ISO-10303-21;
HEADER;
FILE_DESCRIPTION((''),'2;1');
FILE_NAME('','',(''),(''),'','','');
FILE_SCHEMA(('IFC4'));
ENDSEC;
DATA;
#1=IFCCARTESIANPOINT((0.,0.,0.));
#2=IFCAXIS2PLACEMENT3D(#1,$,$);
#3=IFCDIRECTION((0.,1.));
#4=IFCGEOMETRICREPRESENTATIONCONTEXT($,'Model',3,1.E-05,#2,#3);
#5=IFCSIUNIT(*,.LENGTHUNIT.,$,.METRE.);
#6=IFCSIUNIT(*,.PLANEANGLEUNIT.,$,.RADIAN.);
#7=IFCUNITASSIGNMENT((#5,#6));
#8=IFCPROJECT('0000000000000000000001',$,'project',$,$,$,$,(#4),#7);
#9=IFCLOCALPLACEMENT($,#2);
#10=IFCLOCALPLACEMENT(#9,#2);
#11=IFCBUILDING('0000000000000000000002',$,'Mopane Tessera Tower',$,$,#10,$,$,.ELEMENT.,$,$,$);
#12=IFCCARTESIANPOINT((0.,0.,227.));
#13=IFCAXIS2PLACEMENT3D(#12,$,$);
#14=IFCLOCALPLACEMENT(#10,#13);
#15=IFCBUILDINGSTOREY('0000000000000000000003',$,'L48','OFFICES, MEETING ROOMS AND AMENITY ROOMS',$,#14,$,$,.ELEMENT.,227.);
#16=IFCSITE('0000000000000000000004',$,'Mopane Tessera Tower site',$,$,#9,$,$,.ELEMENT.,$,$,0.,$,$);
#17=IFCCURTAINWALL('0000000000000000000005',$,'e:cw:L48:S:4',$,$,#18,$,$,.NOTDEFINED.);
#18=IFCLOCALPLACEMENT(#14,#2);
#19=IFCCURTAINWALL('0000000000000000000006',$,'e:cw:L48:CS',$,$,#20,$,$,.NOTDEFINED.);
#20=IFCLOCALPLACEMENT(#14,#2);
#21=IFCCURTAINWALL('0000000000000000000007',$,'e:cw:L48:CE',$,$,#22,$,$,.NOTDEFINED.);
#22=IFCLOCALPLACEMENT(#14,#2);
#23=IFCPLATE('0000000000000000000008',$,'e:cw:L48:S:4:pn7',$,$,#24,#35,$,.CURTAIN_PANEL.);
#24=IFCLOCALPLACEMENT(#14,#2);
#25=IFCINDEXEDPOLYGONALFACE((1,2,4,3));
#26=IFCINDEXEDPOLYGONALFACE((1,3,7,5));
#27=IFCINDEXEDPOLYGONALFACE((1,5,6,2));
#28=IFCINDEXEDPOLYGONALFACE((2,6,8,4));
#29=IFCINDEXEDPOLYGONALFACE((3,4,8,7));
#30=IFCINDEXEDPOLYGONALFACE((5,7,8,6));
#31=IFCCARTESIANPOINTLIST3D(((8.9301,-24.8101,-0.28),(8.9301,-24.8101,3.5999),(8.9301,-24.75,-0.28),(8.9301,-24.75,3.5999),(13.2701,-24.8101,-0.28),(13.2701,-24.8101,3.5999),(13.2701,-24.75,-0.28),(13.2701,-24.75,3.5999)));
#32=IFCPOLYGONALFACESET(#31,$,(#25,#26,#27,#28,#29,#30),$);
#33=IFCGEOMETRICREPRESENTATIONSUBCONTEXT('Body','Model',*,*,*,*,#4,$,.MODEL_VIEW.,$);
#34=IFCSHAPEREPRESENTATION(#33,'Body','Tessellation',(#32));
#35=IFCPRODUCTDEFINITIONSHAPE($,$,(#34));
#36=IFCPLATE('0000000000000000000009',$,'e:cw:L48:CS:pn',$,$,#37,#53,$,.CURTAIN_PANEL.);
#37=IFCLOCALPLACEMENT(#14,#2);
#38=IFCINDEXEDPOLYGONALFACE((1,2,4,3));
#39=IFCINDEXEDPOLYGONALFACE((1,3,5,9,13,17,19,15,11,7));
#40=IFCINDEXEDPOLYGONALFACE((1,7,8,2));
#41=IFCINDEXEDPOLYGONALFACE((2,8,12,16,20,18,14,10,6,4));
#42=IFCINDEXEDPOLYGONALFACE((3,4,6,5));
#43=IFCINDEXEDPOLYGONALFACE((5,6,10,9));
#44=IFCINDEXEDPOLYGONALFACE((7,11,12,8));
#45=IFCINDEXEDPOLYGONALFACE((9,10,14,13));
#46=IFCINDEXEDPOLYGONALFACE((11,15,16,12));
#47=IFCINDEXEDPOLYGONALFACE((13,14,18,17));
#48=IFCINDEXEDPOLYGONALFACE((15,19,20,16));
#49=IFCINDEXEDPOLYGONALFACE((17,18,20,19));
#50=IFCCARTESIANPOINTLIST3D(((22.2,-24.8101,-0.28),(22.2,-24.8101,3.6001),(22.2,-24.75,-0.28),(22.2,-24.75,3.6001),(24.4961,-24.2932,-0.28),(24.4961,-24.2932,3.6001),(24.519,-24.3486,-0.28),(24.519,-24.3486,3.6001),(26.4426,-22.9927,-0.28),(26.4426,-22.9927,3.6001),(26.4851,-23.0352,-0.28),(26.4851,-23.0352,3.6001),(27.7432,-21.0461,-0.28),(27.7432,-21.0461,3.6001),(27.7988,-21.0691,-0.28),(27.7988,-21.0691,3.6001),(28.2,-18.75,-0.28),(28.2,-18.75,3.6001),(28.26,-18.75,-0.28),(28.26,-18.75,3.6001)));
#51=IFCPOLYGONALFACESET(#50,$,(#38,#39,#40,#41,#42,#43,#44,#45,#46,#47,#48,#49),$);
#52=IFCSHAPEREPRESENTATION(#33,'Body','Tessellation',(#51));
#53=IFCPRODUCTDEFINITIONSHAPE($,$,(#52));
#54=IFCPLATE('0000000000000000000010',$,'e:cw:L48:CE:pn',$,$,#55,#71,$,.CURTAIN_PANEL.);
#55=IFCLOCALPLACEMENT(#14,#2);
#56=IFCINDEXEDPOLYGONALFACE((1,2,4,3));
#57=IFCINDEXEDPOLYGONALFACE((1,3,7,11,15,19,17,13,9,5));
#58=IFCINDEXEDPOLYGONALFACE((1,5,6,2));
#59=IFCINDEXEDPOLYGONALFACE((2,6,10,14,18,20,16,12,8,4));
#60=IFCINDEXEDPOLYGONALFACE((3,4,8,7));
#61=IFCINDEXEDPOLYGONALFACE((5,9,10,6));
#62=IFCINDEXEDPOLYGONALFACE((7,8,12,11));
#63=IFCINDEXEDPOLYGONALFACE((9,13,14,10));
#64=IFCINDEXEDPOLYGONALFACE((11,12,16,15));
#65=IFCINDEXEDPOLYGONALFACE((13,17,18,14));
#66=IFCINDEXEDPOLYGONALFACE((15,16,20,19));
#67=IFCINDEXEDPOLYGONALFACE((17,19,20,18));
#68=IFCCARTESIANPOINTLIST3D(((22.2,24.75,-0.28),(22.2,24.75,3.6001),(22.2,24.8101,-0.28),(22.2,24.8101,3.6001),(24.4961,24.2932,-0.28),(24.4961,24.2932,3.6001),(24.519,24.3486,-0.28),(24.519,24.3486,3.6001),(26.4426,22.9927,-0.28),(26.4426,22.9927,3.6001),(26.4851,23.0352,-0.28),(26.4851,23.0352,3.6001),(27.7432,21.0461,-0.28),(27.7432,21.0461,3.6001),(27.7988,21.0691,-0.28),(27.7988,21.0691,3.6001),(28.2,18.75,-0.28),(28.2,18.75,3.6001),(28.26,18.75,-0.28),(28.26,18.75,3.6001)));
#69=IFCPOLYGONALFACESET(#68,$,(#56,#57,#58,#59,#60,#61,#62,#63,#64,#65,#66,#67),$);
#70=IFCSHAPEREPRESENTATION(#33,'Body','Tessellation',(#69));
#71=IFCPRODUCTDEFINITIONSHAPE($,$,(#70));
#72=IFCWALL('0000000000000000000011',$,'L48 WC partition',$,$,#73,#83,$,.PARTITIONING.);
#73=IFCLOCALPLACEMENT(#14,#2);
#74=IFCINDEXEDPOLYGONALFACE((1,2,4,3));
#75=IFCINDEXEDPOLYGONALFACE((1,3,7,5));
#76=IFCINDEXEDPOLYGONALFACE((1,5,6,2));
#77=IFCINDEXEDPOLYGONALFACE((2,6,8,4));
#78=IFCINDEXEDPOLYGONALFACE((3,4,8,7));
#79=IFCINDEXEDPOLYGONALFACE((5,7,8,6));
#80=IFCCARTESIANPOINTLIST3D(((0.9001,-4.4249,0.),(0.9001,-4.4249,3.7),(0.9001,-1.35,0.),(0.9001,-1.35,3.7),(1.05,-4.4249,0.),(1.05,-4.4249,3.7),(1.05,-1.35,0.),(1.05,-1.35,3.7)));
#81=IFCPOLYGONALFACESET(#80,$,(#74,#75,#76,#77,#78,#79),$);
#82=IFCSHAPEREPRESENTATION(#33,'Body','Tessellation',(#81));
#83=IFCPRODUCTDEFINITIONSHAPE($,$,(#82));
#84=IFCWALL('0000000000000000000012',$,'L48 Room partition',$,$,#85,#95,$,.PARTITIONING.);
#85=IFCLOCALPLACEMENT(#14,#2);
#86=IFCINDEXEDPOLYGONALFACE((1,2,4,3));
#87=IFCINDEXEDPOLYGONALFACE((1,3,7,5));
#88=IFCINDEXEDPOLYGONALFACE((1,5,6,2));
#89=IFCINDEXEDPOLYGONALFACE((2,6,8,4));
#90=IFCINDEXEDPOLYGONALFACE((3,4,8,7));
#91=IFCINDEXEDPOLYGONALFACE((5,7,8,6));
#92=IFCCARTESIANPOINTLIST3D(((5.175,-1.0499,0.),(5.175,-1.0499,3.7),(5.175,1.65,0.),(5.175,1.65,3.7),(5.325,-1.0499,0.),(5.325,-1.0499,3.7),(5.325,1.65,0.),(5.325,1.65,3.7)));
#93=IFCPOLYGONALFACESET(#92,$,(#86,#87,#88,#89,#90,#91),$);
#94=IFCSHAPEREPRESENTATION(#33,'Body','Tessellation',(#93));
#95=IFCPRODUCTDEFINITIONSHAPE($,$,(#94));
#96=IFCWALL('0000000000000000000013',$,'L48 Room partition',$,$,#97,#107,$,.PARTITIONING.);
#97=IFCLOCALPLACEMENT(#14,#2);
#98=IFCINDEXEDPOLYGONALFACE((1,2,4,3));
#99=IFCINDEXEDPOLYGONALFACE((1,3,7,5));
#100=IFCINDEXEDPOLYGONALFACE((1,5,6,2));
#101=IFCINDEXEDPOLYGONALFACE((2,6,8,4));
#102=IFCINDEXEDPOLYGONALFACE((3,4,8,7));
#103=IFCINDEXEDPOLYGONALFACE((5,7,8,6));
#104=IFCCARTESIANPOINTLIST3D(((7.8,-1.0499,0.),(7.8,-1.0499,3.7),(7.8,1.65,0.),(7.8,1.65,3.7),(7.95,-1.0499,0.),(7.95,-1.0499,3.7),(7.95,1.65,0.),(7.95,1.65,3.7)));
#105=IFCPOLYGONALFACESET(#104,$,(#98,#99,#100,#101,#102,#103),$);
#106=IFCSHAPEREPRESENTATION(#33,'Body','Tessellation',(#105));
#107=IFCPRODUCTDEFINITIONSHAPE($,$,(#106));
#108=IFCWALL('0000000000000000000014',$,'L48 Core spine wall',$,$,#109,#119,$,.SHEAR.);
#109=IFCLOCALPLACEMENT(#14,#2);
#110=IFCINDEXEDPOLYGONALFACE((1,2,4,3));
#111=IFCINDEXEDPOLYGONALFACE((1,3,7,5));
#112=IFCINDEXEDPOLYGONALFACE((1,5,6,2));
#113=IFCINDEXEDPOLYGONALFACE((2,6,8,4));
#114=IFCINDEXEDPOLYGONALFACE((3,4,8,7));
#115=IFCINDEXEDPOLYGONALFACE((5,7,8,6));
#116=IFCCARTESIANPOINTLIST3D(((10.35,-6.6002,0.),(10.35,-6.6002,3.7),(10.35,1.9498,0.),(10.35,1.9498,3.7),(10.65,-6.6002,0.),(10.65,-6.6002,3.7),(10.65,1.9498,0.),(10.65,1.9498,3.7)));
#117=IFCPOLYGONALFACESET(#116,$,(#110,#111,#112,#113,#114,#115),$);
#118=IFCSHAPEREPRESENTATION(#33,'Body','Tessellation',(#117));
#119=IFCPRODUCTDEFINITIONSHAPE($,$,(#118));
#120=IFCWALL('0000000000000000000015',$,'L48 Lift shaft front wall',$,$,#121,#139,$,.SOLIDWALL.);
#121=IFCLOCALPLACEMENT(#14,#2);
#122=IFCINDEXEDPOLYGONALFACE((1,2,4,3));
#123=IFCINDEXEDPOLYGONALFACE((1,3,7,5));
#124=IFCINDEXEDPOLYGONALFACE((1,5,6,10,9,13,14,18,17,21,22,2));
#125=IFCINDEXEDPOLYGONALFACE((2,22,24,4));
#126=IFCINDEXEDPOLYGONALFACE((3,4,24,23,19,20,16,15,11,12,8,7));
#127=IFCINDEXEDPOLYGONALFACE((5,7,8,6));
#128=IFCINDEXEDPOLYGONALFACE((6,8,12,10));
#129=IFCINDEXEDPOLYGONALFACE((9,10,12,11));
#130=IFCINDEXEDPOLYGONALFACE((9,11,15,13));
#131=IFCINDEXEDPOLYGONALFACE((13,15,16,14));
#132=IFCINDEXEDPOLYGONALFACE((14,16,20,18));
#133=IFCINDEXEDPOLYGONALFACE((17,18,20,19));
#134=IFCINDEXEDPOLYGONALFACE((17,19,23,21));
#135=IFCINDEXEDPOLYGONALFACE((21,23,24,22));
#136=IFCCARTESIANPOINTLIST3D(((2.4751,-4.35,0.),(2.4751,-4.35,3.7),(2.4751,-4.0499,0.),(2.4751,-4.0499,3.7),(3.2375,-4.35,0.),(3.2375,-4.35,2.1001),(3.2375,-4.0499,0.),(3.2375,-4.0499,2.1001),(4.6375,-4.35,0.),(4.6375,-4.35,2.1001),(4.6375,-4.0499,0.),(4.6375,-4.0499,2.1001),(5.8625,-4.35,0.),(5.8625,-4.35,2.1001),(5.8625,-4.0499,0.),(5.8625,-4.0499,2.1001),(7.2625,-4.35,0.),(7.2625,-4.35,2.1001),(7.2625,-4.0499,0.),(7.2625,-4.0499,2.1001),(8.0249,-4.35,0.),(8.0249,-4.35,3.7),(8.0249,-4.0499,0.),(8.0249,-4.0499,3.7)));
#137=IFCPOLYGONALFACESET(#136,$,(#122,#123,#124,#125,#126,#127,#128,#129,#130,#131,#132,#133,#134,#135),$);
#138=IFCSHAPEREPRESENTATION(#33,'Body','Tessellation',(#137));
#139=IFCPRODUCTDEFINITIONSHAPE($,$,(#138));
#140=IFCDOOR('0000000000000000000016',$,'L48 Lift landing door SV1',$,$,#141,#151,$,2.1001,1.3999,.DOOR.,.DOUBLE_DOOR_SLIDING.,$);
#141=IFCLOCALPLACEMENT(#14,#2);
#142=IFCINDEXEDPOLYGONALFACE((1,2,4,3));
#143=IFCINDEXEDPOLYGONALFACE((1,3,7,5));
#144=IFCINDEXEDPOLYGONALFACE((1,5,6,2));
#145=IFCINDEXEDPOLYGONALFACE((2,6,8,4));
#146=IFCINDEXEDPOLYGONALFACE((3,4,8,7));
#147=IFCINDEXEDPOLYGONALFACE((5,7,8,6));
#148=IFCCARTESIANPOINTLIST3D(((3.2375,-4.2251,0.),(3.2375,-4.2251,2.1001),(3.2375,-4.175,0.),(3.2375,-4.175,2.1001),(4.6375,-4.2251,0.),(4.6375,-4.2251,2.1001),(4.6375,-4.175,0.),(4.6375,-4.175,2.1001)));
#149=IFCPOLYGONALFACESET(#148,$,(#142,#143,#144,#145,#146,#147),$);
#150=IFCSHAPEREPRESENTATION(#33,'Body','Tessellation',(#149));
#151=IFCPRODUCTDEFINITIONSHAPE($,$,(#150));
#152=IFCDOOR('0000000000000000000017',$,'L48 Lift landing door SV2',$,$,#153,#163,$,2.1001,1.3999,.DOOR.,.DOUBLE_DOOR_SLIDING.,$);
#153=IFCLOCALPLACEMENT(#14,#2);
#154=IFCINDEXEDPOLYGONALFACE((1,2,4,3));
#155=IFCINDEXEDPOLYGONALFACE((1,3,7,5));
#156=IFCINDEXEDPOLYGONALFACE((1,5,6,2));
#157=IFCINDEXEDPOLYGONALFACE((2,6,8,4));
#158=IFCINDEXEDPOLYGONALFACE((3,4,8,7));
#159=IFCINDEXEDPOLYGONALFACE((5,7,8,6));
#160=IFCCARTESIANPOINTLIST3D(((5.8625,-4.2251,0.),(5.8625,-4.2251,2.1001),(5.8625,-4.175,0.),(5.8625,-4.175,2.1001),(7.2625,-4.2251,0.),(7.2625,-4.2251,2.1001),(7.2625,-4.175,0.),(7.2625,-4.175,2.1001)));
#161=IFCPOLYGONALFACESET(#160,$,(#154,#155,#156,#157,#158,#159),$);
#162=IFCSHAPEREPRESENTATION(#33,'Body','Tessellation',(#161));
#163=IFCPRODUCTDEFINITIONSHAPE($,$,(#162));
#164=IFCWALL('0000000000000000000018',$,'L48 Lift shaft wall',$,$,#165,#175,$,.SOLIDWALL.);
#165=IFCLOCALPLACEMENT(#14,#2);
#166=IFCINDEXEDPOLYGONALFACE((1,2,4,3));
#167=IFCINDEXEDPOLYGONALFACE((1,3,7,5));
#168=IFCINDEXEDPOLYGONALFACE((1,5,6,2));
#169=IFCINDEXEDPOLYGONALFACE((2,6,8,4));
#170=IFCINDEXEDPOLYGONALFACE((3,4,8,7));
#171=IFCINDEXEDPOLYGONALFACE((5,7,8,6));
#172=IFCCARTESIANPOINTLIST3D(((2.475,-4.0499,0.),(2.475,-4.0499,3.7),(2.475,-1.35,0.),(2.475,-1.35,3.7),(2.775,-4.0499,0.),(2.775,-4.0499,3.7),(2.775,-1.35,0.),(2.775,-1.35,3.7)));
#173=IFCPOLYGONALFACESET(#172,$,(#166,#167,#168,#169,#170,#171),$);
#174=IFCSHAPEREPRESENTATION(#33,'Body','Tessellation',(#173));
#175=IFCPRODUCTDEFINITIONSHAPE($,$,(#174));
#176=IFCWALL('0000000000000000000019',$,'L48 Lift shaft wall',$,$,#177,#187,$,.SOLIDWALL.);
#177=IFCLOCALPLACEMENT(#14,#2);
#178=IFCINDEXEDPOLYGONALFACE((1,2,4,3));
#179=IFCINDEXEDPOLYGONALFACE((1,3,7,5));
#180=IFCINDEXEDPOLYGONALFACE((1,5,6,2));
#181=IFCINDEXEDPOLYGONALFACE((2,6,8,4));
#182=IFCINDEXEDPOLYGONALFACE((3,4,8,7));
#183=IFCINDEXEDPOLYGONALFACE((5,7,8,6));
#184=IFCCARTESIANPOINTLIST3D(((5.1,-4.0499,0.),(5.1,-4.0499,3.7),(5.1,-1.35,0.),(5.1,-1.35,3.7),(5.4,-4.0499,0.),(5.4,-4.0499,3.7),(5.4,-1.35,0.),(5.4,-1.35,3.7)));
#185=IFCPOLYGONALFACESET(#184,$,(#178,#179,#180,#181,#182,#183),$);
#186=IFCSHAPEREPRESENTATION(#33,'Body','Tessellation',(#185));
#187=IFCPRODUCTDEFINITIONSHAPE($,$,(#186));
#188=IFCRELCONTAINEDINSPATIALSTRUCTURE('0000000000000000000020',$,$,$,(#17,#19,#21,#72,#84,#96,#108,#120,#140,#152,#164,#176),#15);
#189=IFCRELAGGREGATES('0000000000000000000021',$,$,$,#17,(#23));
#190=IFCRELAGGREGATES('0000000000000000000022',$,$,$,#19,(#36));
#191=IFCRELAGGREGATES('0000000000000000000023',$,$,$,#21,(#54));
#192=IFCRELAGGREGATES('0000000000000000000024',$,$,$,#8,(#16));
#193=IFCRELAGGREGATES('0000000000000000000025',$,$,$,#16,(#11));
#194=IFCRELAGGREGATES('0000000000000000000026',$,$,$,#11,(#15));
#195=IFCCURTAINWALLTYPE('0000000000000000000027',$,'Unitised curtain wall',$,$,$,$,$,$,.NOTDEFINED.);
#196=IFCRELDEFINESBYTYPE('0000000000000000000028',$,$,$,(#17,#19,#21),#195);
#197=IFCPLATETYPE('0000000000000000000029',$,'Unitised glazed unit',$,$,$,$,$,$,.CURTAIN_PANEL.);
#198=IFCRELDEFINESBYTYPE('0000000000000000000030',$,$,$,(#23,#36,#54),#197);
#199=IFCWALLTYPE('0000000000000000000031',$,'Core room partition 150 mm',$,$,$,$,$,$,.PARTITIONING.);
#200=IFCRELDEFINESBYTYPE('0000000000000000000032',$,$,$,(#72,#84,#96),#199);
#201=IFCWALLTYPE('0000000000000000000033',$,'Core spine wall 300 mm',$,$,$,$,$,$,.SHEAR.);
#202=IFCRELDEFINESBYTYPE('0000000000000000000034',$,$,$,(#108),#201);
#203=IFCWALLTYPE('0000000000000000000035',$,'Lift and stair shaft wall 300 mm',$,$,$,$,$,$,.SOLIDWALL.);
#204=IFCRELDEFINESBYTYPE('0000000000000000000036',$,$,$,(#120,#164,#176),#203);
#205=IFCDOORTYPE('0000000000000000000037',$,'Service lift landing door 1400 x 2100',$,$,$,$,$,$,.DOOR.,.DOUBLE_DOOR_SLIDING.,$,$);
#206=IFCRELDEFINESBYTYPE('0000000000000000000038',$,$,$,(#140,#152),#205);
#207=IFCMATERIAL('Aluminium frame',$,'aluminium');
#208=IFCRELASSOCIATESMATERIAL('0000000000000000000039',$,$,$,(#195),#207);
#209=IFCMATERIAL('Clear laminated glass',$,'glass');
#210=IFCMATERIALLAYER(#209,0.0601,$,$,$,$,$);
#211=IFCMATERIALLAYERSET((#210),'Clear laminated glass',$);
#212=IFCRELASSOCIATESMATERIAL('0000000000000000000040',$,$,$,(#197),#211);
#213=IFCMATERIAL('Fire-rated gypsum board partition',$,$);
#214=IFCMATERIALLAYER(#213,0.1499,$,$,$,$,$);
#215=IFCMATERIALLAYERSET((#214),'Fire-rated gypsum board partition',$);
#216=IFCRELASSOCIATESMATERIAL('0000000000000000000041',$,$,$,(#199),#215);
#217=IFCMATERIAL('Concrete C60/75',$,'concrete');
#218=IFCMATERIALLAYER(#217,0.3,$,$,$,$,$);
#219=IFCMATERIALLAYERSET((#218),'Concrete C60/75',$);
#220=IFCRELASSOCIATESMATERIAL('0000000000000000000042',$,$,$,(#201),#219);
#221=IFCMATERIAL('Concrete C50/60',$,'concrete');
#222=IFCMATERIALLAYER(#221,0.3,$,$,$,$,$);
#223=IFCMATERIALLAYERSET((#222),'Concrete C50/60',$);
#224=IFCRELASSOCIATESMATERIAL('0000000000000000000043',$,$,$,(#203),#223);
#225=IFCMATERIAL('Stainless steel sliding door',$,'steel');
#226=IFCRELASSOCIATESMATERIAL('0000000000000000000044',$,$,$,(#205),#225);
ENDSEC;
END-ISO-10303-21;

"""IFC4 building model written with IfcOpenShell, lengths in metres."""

from ifc_helpers import new_model, si_unit, direction, frame, frame_2d, origin, origin_2d, place, context, subcontext, project, spatial, polyline, rectangle, outline, extrude, material, layer, layer_set, type_object, element, fill, aggregate, save


model = new_model("IFC4")

# Units and contexts
model_context = context("Model", 3, precision=1e-05, world=origin(), true_north=direction((0.0, 1.0)))
body_context = subcontext(model_context, "Body", "Model", "MODEL_VIEW")
ifc_project = project(units=[si_unit("LENGTHUNIT", "METRE"), si_unit("PLANEANGLEUNIT", "RADIAN")], contexts=[model_context])

# Site, building, storey
site_placement = place(None, origin())
site = spatial("IfcSite", under=ifc_project, at=site_placement, Name="Mopane Tessera Tower site", CompositionType="ELEMENT", RefElevation=0.0)
building_placement = place(site_placement, origin())
building = spatial("IfcBuilding", under=site, at=building_placement, Name="Mopane Tessera Tower", CompositionType="ELEMENT")
storey_placement = place(building_placement, frame((0.0, 0.0, 227.0)))
storey = spatial("IfcBuildingStorey", under=building, at=storey_placement, Name="L48", Description="OFFICES, MEETING ROOMS AND AMENITY ROOMS", CompositionType="ELEMENT", Elevation=227.0)

# Curtain wall
ifc_material_1 = material(Name="Aluminium frame", Category="aluminium")
curtain_wall_type = type_object("IfcCurtainWallType", Name="Unitised curtain wall", PredefinedType="NOTDEFINED", material=ifc_material_1)
curtain_wall_1_placement = place(storey_placement, origin())
curtain_wall_1 = element("IfcCurtainWall", 1, at=curtain_wall_1_placement, inside=storey, type_object=curtain_wall_type, Name="e:cw:L48:S:4", PredefinedType="NOTDEFINED")

# Curtain walls
curtain_wall_2_placement = place(storey_placement, origin())
curtain_wall_2 = element("IfcCurtainWall", 2, at=curtain_wall_2_placement, inside=storey, type_object=curtain_wall_type, Name="e:cw:L48:CS", PredefinedType="NOTDEFINED")
curtain_wall_3_placement = place(storey_placement, origin())
curtain_wall_3 = element("IfcCurtainWall", 3, at=curtain_wall_3_placement, inside=storey, type_object=curtain_wall_type, Name="e:cw:L48:CE", PredefinedType="NOTDEFINED")

# Plates
ifc_material_2 = material(Name="Clear laminated glass", Category="glass")
ifc_layer_1 = layer(ifc_material_2, 0.0601)
ifc_layer_set_1 = layer_set([ifc_layer_1], Name="Clear laminated glass")
plate_type = type_object("IfcPlateType", Name="Unitised glazed unit", PredefinedType="CURTAIN_PANEL", material=ifc_layer_set_1)
plate_1_placement = place(storey_placement, frame((11.1001, -24.78, -0.28), z_axis=(0.0, 0.0, 1.0), x_axis=(1.0, 0.0, 0.0)))
plate_1 = element("IfcPlate", 4, at=plate_1_placement, type_object=plate_type, Name="e:cw:L48:S:4:pn7", PredefinedType="CURTAIN_PANEL", context=body_context, shape_type="SweptSolid", body=[
    extrude(rectangle(XDim=4.3401, YDim=0.0601, at=origin_2d()), origin(), (0.0, 0.0, 1.0), 3.8799),
])
aggregate(curtain_wall_1, [plate_1])
plate_2_placement = place(storey_placement, frame((0.0, 0.0, -0.28)))
plate_2 = element("IfcPlate", 5, at=plate_2_placement, type_object=plate_type, Name="e:cw:L48:CS:pn", PredefinedType="CURTAIN_PANEL", context=body_context, shape_type="SweptSolid", body=[
    extrude(outline(polyline([(22.2, -24.75), (24.4961, -24.2932), (26.4426, -22.9927), (27.7432, -21.0461), (28.2, -18.75), (28.26, -18.75), (27.7988, -21.0691), (26.4851, -23.0352), (24.519, -24.3486), (22.2, -24.8101), (22.2, -24.75)])), origin(), (0.0, 0.0, 1.0), 3.8801),
])
aggregate(curtain_wall_2, [plate_2])
plate_3_placement = place(storey_placement, frame((0.0, 0.0, -0.28)))
plate_3 = element("IfcPlate", 6, at=plate_3_placement, type_object=plate_type, Name="e:cw:L48:CE:pn", PredefinedType="CURTAIN_PANEL", context=body_context, shape_type="SweptSolid", body=[
    extrude(outline(polyline([(28.2, 18.75), (27.7432, 21.0461), (26.4426, 22.9927), (24.4961, 24.2932), (22.2, 24.75), (22.2, 24.8101), (24.519, 24.3486), (26.4851, 23.0352), (27.7988, 21.0691), (28.26, 18.75), (28.2, 18.75)])), origin(), (0.0, 0.0, 1.0), 3.8801),
])
aggregate(curtain_wall_3, [plate_3])

# Walls
ifc_material_3 = material(Name="Fire-rated gypsum board partition")
ifc_layer_2 = layer(ifc_material_3, 0.1499)
ifc_layer_set_2 = layer_set([ifc_layer_2], Name="Fire-rated gypsum board partition")
wall_type_1 = type_object("IfcWallType", Name="Core room partition 150 mm", PredefinedType="PARTITIONING", material=ifc_layer_set_2)
wall_1_placement = place(storey_placement, frame((0.9751, -4.425, 0.0), z_axis=(0.0, 0.0, 1.0), x_axis=(0.0, 1.0, 0.0)))
element("IfcWall", 7, at=wall_1_placement, inside=storey, type_object=wall_type_1, Name="L48 WC partition", PredefinedType="PARTITIONING", context=body_context, shape_type="SweptSolid", body=[
    extrude(rectangle(XDim=3.075, YDim=0.1499, at=frame_2d((1.5376, 0.0))), origin(), (0.0, 0.0, 1.0), 3.7),
])
for number, where, z_axis, x_axis, name in (
    (8, (5.25, -1.05, 0.0), (0.0, 0.0, 1.0), (0.0, 1.0, 0.0), "L48 Room partition"),
    (9, (7.875, -1.05, 0.0), (0.0, 0.0, 1.0), (0.0, 1.0, 0.0), "L48 Room partition"),
):
    element("IfcWall", number, at=place(storey_placement, frame(where, z_axis=z_axis, x_axis=x_axis)), inside=storey, type_object=wall_type_1, Name=name, PredefinedType="PARTITIONING", context=body_context, shape_type="SweptSolid", body=[
        extrude(rectangle(XDim=2.7, YDim=0.1499, at=frame_2d((1.3501, 0.0))), origin(), (0.0, 0.0, 1.0), 3.7),
    ])
ifc_material_4 = material(Name="Concrete C60/75", Category="concrete")
ifc_layer_3 = layer(ifc_material_4, 0.3)
ifc_layer_set_3 = layer_set([ifc_layer_3], Name="Concrete C60/75")
wall_type_2 = type_object("IfcWallType", Name="Core spine wall 300 mm", PredefinedType="SHEAR", material=ifc_layer_set_3)
wall_2_placement = place(storey_placement, frame((10.5, -6.6001, 0.0), z_axis=(0.0, 0.0, 1.0), x_axis=(0.0, 1.0, 0.0)))
element("IfcWall", 10, at=wall_2_placement, inside=storey, type_object=wall_type_2, Name="L48 Core spine wall", PredefinedType="SHEAR", context=body_context, shape_type="SweptSolid", body=[
    extrude(rectangle(XDim=8.55, YDim=0.3, at=frame_2d((4.2749, 0.0))), origin(), (0.0, 0.0, 1.0), 3.7),
])

# Wall, openings, doors
ifc_material_5 = material(Name="Concrete C50/60", Category="concrete")
ifc_layer_4 = layer(ifc_material_5, 0.3)
ifc_layer_set_4 = layer_set([ifc_layer_4], Name="Concrete C50/60")
wall_type_3 = type_object("IfcWallType", Name="Lift and stair shaft wall 300 mm", PredefinedType="SOLIDWALL", material=ifc_layer_set_4)
wall_3_placement = place(storey_placement, frame((2.4751, -4.2, 0.0), z_axis=(0.0, 0.0, 1.0), x_axis=(1.0, 0.0, 0.0)))
wall_3 = element("IfcWall", 11, at=wall_3_placement, inside=storey, type_object=wall_type_3, Name="L48 Lift shaft front wall", PredefinedType="SOLIDWALL", context=body_context, shape_type="SweptSolid", body=[
    extrude(rectangle(XDim=5.5498, YDim=0.3, at=frame_2d((2.7749, 0.0))), origin(), (0.0, 0.0, 1.0), 3.7),
])
opening_1_placement = place(wall_3_placement, frame((0.7625, 0.0, 0.0)))
opening_1 = element("IfcOpeningElement", 12, at=opening_1_placement, cuts=wall_3, PredefinedType="OPENING", context=body_context, shape_type="SweptSolid", body=[
    extrude(rectangle(XDim=1.3999, YDim=2.1001, at=frame_2d((0.7, 1.05))), frame((0.0, 0.1621, 0.0), z_axis=(0.0, -1.0, 0.0), x_axis=(1.0, 0.0, 0.0)), (0.0, 0.0, 1.0), 0.324),
])
opening_2_placement = place(wall_3_placement, frame((3.3875, 0.0, 0.0)))
opening_2 = element("IfcOpeningElement", 13, at=opening_2_placement, cuts=wall_3, PredefinedType="OPENING", context=body_context, shape_type="SweptSolid", body=[
    extrude(rectangle(XDim=1.3999, YDim=2.1001, at=frame_2d((0.7, 1.05))), frame((0.0, 0.1621, 0.0), z_axis=(0.0, -1.0, 0.0), x_axis=(1.0, 0.0, 0.0)), (0.0, 0.0, 1.0), 0.324),
])
ifc_material_6 = material(Name="Stainless steel sliding door", Category="steel")
door_type = type_object("IfcDoorType", Name="Service lift landing door 1400 x 2100", OperationType="DOUBLE_DOOR_SLIDING", PredefinedType="DOOR", material=ifc_material_6)
door_1_placement = place(opening_1_placement, origin())
door_1 = element("IfcDoor", 14, at=door_1_placement, inside=storey, type_object=door_type, Name="L48 Lift landing door SV1", OperationType="DOUBLE_DOOR_SLIDING", OverallHeight=2.1001, OverallWidth=1.3999, PredefinedType="DOOR", context=body_context, shape_type="SweptSolid", body=[
    extrude(rectangle(XDim=1.3999, YDim=2.1001, at=frame_2d((0.7, 1.05))), frame((0.0, 0.0249, 0.0), z_axis=(0.0, -1.0, 0.0), x_axis=(1.0, 0.0, 0.0)), (0.0, 0.0, 1.0), 0.05),
])
fill(opening_1, door_1)
door_2_placement = place(opening_2_placement, origin())
door_2 = element("IfcDoor", 15, at=door_2_placement, inside=storey, type_object=door_type, Name="L48 Lift landing door SV2", OperationType="DOUBLE_DOOR_SLIDING", OverallHeight=2.1001, OverallWidth=1.3999, PredefinedType="DOOR", context=body_context, shape_type="SweptSolid", body=[
    extrude(rectangle(XDim=1.3999, YDim=2.1001, at=frame_2d((0.7, 1.05))), frame((0.0, 0.0249, 0.0), z_axis=(0.0, -1.0, 0.0), x_axis=(1.0, 0.0, 0.0)), (0.0, 0.0, 1.0), 0.05),
])
fill(opening_2, door_2)

# Walls
for number, where, z_axis, x_axis, name in (
    (16, (2.625, -4.05, 0.0), (0.0, 0.0, 1.0), (0.0, 1.0, 0.0), "L48 Lift shaft wall"),
    (17, (5.25, -4.05, 0.0), (0.0, 0.0, 1.0), (0.0, 1.0, 0.0), "L48 Lift shaft wall"),
):
    element("IfcWall", number, at=place(storey_placement, frame(where, z_axis=z_axis, x_axis=x_axis)), inside=storey, type_object=wall_type_3, Name=name, PredefinedType="SOLIDWALL", context=body_context, shape_type="SweptSolid", body=[
        extrude(rectangle(XDim=2.7, YDim=0.3, at=frame_2d((1.3501, 0.0))), origin(), (0.0, 0.0, 1.0), 3.7),
    ])

save(model, "model.ifc")
